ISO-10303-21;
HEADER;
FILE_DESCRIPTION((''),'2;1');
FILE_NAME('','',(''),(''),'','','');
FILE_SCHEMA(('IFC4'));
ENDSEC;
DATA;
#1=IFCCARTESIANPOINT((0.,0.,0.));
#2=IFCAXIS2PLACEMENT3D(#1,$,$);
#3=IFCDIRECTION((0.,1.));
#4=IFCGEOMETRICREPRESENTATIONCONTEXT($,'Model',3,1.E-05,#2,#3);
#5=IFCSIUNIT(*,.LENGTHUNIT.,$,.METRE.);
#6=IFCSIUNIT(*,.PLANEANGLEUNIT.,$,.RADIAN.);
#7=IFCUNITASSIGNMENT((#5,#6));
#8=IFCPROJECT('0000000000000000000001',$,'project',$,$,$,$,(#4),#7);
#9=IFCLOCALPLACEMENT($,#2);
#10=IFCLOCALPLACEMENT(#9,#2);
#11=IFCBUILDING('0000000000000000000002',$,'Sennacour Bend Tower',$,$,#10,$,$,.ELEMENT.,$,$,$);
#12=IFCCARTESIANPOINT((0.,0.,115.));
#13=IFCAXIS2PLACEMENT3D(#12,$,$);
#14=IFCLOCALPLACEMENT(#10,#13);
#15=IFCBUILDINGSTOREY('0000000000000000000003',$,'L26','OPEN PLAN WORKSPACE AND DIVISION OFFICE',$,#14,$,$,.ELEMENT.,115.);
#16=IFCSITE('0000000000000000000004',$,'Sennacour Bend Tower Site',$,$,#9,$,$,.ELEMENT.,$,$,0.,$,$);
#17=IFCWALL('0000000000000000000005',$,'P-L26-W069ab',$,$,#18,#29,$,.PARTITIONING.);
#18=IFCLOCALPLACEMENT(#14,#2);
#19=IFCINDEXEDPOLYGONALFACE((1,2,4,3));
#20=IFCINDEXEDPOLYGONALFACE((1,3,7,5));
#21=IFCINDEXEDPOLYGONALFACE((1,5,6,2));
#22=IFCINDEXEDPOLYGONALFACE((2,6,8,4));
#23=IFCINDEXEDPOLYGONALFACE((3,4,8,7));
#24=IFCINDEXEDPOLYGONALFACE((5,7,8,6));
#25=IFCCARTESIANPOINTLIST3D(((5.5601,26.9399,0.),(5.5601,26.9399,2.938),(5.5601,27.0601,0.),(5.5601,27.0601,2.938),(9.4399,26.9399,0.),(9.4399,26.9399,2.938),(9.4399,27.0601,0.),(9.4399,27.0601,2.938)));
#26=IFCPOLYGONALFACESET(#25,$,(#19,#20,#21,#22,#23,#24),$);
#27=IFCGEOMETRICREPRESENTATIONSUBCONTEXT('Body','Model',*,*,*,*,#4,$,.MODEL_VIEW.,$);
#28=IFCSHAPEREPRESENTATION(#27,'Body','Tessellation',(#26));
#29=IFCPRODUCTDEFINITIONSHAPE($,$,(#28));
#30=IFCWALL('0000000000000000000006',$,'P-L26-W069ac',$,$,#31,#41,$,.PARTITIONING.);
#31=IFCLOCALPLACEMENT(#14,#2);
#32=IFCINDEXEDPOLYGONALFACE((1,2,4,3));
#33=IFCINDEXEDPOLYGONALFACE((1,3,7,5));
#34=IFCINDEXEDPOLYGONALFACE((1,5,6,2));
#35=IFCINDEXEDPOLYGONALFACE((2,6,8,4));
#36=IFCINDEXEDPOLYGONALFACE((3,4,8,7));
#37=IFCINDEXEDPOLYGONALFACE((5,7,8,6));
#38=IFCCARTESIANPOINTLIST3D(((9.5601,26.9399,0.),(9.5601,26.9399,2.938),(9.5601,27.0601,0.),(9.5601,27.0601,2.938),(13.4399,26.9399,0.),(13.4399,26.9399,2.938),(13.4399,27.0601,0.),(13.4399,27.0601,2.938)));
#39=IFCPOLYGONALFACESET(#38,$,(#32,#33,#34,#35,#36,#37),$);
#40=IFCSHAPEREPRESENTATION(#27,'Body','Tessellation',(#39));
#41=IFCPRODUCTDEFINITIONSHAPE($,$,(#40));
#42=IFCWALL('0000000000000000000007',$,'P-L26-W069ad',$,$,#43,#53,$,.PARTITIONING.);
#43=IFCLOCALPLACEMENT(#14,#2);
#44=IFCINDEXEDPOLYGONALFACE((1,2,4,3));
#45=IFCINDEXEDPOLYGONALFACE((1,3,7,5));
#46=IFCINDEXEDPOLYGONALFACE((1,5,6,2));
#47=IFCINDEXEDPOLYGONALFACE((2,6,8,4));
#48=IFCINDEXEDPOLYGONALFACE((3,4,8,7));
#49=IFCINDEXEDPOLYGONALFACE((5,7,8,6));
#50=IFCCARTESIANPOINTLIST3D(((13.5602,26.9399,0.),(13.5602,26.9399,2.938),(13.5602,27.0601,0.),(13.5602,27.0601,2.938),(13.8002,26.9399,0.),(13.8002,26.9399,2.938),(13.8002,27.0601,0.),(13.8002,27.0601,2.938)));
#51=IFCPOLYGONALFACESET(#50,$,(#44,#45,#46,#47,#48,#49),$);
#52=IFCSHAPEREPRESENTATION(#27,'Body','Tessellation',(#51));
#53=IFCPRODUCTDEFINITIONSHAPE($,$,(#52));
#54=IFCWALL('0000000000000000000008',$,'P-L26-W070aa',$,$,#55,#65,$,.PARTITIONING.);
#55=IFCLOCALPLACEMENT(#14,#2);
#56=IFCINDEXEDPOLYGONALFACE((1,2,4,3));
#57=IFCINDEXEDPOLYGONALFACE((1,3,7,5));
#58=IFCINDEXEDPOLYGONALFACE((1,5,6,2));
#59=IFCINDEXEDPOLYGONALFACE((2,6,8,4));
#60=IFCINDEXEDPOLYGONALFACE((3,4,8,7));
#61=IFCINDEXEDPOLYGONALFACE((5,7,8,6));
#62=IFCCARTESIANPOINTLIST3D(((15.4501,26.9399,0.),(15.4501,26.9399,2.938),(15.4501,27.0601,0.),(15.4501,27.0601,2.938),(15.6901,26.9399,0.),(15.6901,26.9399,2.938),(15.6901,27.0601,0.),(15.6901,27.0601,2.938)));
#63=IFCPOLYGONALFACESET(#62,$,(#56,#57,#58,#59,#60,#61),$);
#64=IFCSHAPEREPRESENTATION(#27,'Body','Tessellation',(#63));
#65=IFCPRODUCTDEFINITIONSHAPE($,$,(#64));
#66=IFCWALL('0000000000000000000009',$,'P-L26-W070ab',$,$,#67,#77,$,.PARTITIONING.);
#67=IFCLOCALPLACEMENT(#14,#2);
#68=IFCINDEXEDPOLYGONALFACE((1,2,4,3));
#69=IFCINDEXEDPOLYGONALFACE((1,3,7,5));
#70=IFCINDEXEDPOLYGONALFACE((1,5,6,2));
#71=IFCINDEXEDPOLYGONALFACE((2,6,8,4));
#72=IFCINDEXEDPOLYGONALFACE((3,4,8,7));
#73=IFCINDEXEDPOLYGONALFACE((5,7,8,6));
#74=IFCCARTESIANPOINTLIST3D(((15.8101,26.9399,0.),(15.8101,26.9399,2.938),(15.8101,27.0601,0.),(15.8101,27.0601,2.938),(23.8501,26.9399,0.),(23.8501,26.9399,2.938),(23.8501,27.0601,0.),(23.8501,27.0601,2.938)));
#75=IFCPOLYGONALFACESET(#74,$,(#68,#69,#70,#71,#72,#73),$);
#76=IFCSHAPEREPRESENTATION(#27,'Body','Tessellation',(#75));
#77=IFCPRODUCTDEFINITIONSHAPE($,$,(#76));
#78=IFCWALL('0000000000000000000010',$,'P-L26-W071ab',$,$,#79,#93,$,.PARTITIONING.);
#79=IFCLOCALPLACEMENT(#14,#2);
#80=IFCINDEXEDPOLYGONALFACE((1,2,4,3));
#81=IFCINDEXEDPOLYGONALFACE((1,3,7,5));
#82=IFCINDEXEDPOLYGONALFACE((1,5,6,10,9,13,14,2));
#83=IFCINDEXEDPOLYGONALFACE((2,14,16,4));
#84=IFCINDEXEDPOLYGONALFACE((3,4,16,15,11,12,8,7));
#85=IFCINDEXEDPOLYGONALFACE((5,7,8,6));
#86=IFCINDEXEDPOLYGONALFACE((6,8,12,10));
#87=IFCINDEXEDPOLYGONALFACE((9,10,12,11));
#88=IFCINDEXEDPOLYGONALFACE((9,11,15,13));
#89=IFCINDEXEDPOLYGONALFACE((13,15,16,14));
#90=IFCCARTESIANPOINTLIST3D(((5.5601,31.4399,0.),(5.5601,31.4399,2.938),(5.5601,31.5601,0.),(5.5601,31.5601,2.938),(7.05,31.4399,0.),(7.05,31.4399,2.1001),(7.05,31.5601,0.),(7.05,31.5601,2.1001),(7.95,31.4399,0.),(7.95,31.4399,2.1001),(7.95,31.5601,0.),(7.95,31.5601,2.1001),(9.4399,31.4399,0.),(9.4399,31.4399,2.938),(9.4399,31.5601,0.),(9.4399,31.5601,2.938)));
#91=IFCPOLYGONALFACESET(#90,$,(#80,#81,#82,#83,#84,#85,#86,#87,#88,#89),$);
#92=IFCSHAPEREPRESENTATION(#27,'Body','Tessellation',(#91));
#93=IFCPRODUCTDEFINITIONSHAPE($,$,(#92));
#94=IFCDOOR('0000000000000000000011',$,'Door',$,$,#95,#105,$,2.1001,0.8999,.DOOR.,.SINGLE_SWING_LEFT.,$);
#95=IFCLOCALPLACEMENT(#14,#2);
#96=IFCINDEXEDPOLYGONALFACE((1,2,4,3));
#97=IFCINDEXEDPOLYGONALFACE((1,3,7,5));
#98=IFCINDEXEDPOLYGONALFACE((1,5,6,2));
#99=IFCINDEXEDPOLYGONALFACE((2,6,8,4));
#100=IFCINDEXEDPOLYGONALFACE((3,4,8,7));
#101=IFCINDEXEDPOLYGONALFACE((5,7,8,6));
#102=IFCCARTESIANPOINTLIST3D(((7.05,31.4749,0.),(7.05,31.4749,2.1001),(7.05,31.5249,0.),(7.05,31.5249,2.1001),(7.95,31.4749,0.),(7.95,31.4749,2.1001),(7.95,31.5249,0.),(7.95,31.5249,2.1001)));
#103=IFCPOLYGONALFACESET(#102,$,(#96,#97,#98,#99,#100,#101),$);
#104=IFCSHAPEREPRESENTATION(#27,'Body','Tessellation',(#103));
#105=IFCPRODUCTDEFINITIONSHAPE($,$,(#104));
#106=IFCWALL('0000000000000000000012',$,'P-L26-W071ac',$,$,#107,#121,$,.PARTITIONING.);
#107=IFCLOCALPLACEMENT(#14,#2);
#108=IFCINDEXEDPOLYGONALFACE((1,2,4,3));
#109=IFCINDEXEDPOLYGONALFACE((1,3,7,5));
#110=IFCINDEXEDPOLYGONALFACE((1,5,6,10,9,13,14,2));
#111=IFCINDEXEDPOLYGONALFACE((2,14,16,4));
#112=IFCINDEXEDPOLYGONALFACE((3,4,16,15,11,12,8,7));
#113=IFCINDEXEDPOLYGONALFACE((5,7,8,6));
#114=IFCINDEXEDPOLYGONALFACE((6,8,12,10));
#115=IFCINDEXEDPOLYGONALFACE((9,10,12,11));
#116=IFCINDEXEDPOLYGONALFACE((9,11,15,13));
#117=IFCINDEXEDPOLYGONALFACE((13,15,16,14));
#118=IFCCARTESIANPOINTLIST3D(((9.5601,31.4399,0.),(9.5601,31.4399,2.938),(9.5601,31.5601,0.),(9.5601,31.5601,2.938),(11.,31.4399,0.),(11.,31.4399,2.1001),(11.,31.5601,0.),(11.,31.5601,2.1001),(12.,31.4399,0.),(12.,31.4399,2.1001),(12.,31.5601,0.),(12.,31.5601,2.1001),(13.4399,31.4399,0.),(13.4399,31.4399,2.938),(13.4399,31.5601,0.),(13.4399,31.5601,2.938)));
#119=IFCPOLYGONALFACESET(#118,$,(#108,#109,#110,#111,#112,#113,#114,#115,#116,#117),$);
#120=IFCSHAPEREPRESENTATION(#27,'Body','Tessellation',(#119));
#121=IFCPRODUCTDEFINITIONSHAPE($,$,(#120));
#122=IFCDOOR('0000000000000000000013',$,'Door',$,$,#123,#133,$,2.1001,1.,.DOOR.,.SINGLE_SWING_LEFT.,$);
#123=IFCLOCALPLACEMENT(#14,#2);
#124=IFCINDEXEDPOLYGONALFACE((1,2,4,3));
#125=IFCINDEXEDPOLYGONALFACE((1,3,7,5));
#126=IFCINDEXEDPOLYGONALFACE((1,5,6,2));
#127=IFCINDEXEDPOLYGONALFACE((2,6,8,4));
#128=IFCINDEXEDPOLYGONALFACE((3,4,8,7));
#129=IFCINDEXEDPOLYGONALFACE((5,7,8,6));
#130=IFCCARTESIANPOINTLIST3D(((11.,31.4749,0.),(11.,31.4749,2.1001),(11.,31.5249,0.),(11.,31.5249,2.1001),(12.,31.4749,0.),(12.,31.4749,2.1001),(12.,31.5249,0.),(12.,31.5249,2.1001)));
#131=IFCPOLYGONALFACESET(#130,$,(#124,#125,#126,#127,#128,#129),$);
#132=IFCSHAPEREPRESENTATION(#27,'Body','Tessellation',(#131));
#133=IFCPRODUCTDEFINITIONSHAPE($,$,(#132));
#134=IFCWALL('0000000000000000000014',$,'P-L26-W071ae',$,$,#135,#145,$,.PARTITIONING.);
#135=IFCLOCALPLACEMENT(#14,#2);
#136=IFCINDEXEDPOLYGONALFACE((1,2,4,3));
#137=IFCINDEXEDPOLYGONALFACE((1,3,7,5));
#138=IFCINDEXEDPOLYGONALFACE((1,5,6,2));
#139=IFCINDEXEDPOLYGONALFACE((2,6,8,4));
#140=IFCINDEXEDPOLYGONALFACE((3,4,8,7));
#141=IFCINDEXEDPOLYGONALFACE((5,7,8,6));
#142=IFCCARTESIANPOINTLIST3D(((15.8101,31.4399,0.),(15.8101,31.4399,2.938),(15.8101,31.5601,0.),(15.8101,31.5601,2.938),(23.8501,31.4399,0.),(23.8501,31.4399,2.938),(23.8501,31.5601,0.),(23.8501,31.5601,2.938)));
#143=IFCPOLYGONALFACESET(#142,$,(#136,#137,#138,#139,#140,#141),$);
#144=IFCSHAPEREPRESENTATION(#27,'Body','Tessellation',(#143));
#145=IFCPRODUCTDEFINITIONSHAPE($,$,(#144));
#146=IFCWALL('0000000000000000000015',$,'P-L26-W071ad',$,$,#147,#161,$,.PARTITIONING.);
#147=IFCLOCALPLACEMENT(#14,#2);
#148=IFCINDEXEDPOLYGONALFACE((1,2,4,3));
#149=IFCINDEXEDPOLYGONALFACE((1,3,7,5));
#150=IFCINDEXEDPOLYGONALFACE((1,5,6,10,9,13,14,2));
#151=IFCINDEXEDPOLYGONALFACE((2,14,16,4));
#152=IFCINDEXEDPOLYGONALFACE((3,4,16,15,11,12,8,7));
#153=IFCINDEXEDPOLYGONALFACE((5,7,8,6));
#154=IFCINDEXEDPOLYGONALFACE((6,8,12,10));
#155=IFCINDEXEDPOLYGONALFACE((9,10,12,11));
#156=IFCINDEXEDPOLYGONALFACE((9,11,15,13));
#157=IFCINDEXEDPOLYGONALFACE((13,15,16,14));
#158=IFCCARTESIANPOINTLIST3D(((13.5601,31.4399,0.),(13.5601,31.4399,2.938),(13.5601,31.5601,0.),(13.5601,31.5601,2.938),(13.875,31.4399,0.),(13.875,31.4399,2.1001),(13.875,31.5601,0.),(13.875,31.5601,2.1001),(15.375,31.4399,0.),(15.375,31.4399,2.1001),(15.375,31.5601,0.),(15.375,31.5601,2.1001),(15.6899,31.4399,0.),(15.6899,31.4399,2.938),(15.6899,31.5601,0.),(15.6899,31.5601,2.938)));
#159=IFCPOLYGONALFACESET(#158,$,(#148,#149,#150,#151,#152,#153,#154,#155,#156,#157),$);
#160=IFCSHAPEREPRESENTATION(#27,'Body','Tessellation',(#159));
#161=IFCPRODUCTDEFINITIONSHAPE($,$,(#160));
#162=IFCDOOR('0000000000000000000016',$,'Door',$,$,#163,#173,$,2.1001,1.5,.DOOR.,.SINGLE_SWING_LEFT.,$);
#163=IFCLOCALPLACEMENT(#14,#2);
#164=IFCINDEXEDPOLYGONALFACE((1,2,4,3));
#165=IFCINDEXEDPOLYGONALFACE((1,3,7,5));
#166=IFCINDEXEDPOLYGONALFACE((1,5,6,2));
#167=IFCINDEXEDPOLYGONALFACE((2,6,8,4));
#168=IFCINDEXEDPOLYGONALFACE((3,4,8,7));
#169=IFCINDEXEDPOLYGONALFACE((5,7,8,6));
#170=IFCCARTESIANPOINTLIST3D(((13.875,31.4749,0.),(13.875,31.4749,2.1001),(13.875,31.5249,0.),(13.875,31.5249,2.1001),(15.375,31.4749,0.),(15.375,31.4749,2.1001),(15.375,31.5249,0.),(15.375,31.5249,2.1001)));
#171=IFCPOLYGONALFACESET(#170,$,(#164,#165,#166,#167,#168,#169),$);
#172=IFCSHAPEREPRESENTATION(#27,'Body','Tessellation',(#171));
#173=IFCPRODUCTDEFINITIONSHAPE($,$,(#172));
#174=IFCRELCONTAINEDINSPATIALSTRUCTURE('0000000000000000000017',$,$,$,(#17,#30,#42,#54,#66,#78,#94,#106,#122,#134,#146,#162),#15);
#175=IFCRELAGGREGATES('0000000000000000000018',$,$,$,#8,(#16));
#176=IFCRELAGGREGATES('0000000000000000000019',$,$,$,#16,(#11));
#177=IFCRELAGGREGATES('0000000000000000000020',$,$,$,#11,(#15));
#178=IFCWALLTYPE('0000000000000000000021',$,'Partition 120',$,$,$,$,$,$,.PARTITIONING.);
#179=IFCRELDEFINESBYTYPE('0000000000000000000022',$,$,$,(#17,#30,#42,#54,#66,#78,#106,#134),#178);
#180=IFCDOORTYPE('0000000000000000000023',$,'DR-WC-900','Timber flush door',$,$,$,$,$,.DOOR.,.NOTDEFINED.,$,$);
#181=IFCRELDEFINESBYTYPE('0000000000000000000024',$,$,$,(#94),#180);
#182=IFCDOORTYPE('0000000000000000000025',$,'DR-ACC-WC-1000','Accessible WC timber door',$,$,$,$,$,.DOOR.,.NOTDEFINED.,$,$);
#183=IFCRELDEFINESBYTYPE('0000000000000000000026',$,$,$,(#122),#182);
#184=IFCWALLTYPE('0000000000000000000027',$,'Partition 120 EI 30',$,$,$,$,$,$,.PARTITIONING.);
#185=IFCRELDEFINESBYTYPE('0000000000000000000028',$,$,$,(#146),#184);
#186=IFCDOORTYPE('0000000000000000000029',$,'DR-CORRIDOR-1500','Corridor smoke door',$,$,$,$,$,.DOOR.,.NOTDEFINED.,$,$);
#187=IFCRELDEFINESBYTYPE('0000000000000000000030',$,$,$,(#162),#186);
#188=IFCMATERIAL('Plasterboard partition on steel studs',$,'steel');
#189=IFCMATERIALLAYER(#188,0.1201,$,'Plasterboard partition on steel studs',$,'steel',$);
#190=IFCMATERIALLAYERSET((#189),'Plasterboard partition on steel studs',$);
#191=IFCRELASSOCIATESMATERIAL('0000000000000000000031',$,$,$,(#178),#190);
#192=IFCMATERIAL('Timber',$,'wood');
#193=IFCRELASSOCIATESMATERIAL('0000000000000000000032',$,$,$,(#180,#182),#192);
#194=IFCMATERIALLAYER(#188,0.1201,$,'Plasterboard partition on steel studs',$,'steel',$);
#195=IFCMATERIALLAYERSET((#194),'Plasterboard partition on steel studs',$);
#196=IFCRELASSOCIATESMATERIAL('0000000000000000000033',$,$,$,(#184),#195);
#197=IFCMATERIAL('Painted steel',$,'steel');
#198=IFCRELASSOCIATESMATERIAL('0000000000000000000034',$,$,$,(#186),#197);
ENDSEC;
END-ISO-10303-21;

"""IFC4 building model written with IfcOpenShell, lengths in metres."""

from ifc_helpers import new_model, si_unit, direction, frame, frame_2d, origin, place, context, subcontext, project, spatial, rectangle, extrude, material, layer, layer_set, type_object, element, fill, save


model = new_model("IFC4")

# Units and contexts
model_context = context("Model", 3, precision=1e-05, world=origin(), true_north=direction((0.0, 1.0)))
body_context = subcontext(model_context, "Body", "Model", "MODEL_VIEW")
ifc_project = project(units=[si_unit("LENGTHUNIT", "METRE"), si_unit("PLANEANGLEUNIT", "RADIAN")], contexts=[model_context])

# Site, building, storey
site_placement = place(None, origin())
site = spatial("IfcSite", under=ifc_project, at=site_placement, Name="Sennacour Bend Tower Site", CompositionType="ELEMENT", RefElevation=0.0)
building_placement = place(site_placement, origin())
building = spatial("IfcBuilding", under=site, at=building_placement, Name="Sennacour Bend Tower", CompositionType="ELEMENT")
storey_placement = place(building_placement, frame((0.0, 0.0, 115.0)))
storey = spatial("IfcBuildingStorey", under=building, at=storey_placement, Name="L26", Description="OPEN PLAN WORKSPACE AND DIVISION OFFICE", CompositionType="ELEMENT", Elevation=115.0)

# Walls
ifc_material_1 = material(Name="Plasterboard partition on steel studs", Category="steel")
ifc_layer_1 = layer(ifc_material_1, 0.1201, Name="Plasterboard partition on steel studs", Category="steel")
ifc_layer_set_1 = layer_set([ifc_layer_1], Name="Plasterboard partition on steel studs")
wall_type_1 = type_object("IfcWallType", Name="Partition 120", PredefinedType="PARTITIONING", material=ifc_layer_set_1)
for number, where, z_axis, x_axis, name in (
    (1, (5.5601, 27.0, 0.0), (0.0, 0.0, 1.0), (1.0, 0.0, 0.0), "P-L26-W069ab"),
    (2, (9.5601, 27.0, 0.0), (0.0, 0.0, 1.0), (1.0, 0.0, 0.0), "P-L26-W069ac"),
):
    element("IfcWall", number, at=place(storey_placement, frame(where, z_axis=z_axis, x_axis=x_axis)), inside=storey, type_object=wall_type_1, Name=name, PredefinedType="PARTITIONING", context=body_context, shape_type="SweptSolid", body=[
        extrude(rectangle(XDim=3.8799, YDim=0.1201, at=frame_2d((1.9399, 0.0))), origin(), (0.0, 0.0, 1.0), 2.938),
    ])
for number, where, z_axis, x_axis, name in (
    (3, (13.5601, 27.0, 0.0), (0.0, 0.0, 1.0), (1.0, 0.0, 0.0), "P-L26-W069ad"),
    (4, (15.45, 27.0, 0.0), (0.0, 0.0, 1.0), (1.0, 0.0, 0.0), "P-L26-W070aa"),
):
    element("IfcWall", number, at=place(storey_placement, frame(where, z_axis=z_axis, x_axis=x_axis)), inside=storey, type_object=wall_type_1, Name=name, PredefinedType="PARTITIONING", context=body_context, shape_type="SweptSolid", body=[
        extrude(rectangle(XDim=0.24, YDim=0.1201, at=frame_2d((0.1201, 0.0))), origin(), (0.0, 0.0, 1.0), 2.938),
    ])
wall_1_placement = place(storey_placement, frame((15.8101, 27.0, 0.0), z_axis=(0.0, 0.0, 1.0), x_axis=(1.0, 0.0, 0.0)))
element("IfcWall", 5, at=wall_1_placement, inside=storey, type_object=wall_type_1, Name="P-L26-W070ab", PredefinedType="PARTITIONING", context=body_context, shape_type="SweptSolid", body=[
    extrude(rectangle(XDim=8.04, YDim=0.1201, at=frame_2d((4.02, 0.0))), origin(), (0.0, 0.0, 1.0), 2.938),
])

# Walls, openings, doors
wall_2_placement = place(storey_placement, frame((5.5601, 31.5, 0.0), z_axis=(0.0, 0.0, 1.0), x_axis=(1.0, 0.0, 0.0)))
wall_2 = element("IfcWall", 6, at=wall_2_placement, inside=storey, type_object=wall_type_1, Name="P-L26-W071ab", PredefinedType="PARTITIONING", context=body_context, shape_type="SweptSolid", body=[
    extrude(rectangle(XDim=3.8799, YDim=0.1201, at=frame_2d((1.9399, 0.0))), origin(), (0.0, 0.0, 1.0), 2.938),
])
opening_1_placement = place(wall_2_placement, frame((1.49, 0.0, 0.0)))
opening_1 = element("IfcOpeningElement", 7, at=opening_1_placement, cuts=wall_2, PredefinedType="OPENING", context=body_context, shape_type="SweptSolid", body=[
    extrude(rectangle(XDim=0.8999, YDim=2.1001, at=frame_2d((0.45, 1.05))), frame((0.0, 0.0701, 0.0), z_axis=(0.0, -1.0, 0.0), x_axis=(1.0, 0.0, 0.0)), (0.0, 0.0, 1.0), 0.1401),
])
ifc_material_2 = material(Name="Timber", Category="wood")
door_type_1 = type_object("IfcDoorType", Name="DR-WC-900", Description="Timber flush door", OperationType="NOTDEFINED", PredefinedType="DOOR", material=ifc_material_2)
door_1_placement = place(opening_1_placement, origin())
door_1 = element("IfcDoor", 8, at=door_1_placement, inside=storey, type_object=door_type_1, Name="Door", OperationType="SINGLE_SWING_LEFT", OverallHeight=2.1001, OverallWidth=0.8999, PredefinedType="DOOR", context=body_context, shape_type="SweptSolid", body=[
    extrude(rectangle(XDim=0.8999, YDim=2.1001, at=frame_2d((0.45, 1.05))), frame((0.0, 0.0249, 0.0), z_axis=(0.0, -1.0, 0.0), x_axis=(1.0, 0.0, 0.0)), (0.0, 0.0, 1.0), 0.05),
])
fill(opening_1, door_1)
wall_3_placement = place(storey_placement, frame((9.5601, 31.5, 0.0), z_axis=(0.0, 0.0, 1.0), x_axis=(1.0, 0.0, 0.0)))
wall_3 = element("IfcWall", 9, at=wall_3_placement, inside=storey, type_object=wall_type_1, Name="P-L26-W071ac", PredefinedType="PARTITIONING", context=body_context, shape_type="SweptSolid", body=[
    extrude(rectangle(XDim=3.8799, YDim=0.1201, at=frame_2d((1.9399, 0.0))), origin(), (0.0, 0.0, 1.0), 2.938),
])
opening_2_placement = place(wall_3_placement, frame((1.4399, 0.0, 0.0)))
opening_2 = element("IfcOpeningElement", 10, at=opening_2_placement, cuts=wall_3, PredefinedType="OPENING", context=body_context, shape_type="SweptSolid", body=[
    extrude(rectangle(XDim=1.0, YDim=2.1001, at=frame_2d((0.5, 1.05))), frame((0.0, 0.0701, 0.0), z_axis=(0.0, -1.0, 0.0), x_axis=(1.0, 0.0, 0.0)), (0.0, 0.0, 1.0), 0.1401),
])
door_type_2 = type_object("IfcDoorType", Name="DR-ACC-WC-1000", Description="Accessible WC timber door", OperationType="NOTDEFINED", PredefinedType="DOOR", material=ifc_material_2)
door_2_placement = place(opening_2_placement, origin())
door_2 = element("IfcDoor", 11, at=door_2_placement, inside=storey, type_object=door_type_2, Name="Door", OperationType="SINGLE_SWING_LEFT", OverallHeight=2.1001, OverallWidth=1.0, PredefinedType="DOOR", context=body_context, shape_type="SweptSolid", body=[
    extrude(rectangle(XDim=1.0, YDim=2.1001, at=frame_2d((0.5, 1.05))), frame((0.0, 0.0249, 0.0), z_axis=(0.0, -1.0, 0.0), x_axis=(1.0, 0.0, 0.0)), (0.0, 0.0, 1.0), 0.05),
])
fill(opening_2, door_2)

# Wall
wall_4_placement = place(storey_placement, frame((15.8101, 31.5, 0.0), z_axis=(0.0, 0.0, 1.0), x_axis=(1.0, 0.0, 0.0)))
element("IfcWall", 12, at=wall_4_placement, inside=storey, type_object=wall_type_1, Name="P-L26-W071ae", PredefinedType="PARTITIONING", context=body_context, shape_type="SweptSolid", body=[
    extrude(rectangle(XDim=8.04, YDim=0.1201, at=frame_2d((4.02, 0.0))), origin(), (0.0, 0.0, 1.0), 2.938),
])

# Wall, opening, door
ifc_layer_2 = layer(ifc_material_1, 0.1201, Name="Plasterboard partition on steel studs", Category="steel")
ifc_layer_set_2 = layer_set([ifc_layer_2], Name="Plasterboard partition on steel studs")
wall_type_2 = type_object("IfcWallType", Name="Partition 120 EI 30", PredefinedType="PARTITIONING", material=ifc_layer_set_2)
wall_5_placement = place(storey_placement, frame((13.5601, 31.5, 0.0), z_axis=(0.0, 0.0, 1.0), x_axis=(1.0, 0.0, 0.0)))
wall_5 = element("IfcWall", 13, at=wall_5_placement, inside=storey, type_object=wall_type_2, Name="P-L26-W071ad", PredefinedType="PARTITIONING", context=body_context, shape_type="SweptSolid", body=[
    extrude(rectangle(XDim=2.1299, YDim=0.1201, at=frame_2d((1.0649, 0.0))), origin(), (0.0, 0.0, 1.0), 2.938),
])
opening_3_placement = place(wall_5_placement, frame((0.3149, 0.0, 0.0)))
opening_3 = element("IfcOpeningElement", 14, at=opening_3_placement, cuts=wall_5, PredefinedType="OPENING", context=body_context, shape_type="SweptSolid", body=[
    extrude(rectangle(XDim=1.5, YDim=2.1001, at=frame_2d((0.75, 1.05))), frame((0.0, 0.0701, 0.0), z_axis=(0.0, -1.0, 0.0), x_axis=(1.0, 0.0, 0.0)), (0.0, 0.0, 1.0), 0.1401),
])
ifc_material_3 = material(Name="Painted steel", Category="steel")
door_type_3 = type_object("IfcDoorType", Name="DR-CORRIDOR-1500", Description="Corridor smoke door", OperationType="NOTDEFINED", PredefinedType="DOOR", material=ifc_material_3)
door_3_placement = place(opening_3_placement, origin())
door_3 = element("IfcDoor", 15, at=door_3_placement, inside=storey, type_object=door_type_3, Name="Door", OperationType="SINGLE_SWING_LEFT", OverallHeight=2.1001, OverallWidth=1.5, PredefinedType="DOOR", context=body_context, shape_type="SweptSolid", body=[
    extrude(rectangle(XDim=1.5, YDim=2.1001, at=frame_2d((0.75, 1.05))), frame((0.0, 0.0249, 0.0), z_axis=(0.0, -1.0, 0.0), x_axis=(1.0, 0.0, 0.0)), (0.0, 0.0, 1.0), 0.05),
])
fill(opening_3, door_3)

save(model, "model.ifc")
